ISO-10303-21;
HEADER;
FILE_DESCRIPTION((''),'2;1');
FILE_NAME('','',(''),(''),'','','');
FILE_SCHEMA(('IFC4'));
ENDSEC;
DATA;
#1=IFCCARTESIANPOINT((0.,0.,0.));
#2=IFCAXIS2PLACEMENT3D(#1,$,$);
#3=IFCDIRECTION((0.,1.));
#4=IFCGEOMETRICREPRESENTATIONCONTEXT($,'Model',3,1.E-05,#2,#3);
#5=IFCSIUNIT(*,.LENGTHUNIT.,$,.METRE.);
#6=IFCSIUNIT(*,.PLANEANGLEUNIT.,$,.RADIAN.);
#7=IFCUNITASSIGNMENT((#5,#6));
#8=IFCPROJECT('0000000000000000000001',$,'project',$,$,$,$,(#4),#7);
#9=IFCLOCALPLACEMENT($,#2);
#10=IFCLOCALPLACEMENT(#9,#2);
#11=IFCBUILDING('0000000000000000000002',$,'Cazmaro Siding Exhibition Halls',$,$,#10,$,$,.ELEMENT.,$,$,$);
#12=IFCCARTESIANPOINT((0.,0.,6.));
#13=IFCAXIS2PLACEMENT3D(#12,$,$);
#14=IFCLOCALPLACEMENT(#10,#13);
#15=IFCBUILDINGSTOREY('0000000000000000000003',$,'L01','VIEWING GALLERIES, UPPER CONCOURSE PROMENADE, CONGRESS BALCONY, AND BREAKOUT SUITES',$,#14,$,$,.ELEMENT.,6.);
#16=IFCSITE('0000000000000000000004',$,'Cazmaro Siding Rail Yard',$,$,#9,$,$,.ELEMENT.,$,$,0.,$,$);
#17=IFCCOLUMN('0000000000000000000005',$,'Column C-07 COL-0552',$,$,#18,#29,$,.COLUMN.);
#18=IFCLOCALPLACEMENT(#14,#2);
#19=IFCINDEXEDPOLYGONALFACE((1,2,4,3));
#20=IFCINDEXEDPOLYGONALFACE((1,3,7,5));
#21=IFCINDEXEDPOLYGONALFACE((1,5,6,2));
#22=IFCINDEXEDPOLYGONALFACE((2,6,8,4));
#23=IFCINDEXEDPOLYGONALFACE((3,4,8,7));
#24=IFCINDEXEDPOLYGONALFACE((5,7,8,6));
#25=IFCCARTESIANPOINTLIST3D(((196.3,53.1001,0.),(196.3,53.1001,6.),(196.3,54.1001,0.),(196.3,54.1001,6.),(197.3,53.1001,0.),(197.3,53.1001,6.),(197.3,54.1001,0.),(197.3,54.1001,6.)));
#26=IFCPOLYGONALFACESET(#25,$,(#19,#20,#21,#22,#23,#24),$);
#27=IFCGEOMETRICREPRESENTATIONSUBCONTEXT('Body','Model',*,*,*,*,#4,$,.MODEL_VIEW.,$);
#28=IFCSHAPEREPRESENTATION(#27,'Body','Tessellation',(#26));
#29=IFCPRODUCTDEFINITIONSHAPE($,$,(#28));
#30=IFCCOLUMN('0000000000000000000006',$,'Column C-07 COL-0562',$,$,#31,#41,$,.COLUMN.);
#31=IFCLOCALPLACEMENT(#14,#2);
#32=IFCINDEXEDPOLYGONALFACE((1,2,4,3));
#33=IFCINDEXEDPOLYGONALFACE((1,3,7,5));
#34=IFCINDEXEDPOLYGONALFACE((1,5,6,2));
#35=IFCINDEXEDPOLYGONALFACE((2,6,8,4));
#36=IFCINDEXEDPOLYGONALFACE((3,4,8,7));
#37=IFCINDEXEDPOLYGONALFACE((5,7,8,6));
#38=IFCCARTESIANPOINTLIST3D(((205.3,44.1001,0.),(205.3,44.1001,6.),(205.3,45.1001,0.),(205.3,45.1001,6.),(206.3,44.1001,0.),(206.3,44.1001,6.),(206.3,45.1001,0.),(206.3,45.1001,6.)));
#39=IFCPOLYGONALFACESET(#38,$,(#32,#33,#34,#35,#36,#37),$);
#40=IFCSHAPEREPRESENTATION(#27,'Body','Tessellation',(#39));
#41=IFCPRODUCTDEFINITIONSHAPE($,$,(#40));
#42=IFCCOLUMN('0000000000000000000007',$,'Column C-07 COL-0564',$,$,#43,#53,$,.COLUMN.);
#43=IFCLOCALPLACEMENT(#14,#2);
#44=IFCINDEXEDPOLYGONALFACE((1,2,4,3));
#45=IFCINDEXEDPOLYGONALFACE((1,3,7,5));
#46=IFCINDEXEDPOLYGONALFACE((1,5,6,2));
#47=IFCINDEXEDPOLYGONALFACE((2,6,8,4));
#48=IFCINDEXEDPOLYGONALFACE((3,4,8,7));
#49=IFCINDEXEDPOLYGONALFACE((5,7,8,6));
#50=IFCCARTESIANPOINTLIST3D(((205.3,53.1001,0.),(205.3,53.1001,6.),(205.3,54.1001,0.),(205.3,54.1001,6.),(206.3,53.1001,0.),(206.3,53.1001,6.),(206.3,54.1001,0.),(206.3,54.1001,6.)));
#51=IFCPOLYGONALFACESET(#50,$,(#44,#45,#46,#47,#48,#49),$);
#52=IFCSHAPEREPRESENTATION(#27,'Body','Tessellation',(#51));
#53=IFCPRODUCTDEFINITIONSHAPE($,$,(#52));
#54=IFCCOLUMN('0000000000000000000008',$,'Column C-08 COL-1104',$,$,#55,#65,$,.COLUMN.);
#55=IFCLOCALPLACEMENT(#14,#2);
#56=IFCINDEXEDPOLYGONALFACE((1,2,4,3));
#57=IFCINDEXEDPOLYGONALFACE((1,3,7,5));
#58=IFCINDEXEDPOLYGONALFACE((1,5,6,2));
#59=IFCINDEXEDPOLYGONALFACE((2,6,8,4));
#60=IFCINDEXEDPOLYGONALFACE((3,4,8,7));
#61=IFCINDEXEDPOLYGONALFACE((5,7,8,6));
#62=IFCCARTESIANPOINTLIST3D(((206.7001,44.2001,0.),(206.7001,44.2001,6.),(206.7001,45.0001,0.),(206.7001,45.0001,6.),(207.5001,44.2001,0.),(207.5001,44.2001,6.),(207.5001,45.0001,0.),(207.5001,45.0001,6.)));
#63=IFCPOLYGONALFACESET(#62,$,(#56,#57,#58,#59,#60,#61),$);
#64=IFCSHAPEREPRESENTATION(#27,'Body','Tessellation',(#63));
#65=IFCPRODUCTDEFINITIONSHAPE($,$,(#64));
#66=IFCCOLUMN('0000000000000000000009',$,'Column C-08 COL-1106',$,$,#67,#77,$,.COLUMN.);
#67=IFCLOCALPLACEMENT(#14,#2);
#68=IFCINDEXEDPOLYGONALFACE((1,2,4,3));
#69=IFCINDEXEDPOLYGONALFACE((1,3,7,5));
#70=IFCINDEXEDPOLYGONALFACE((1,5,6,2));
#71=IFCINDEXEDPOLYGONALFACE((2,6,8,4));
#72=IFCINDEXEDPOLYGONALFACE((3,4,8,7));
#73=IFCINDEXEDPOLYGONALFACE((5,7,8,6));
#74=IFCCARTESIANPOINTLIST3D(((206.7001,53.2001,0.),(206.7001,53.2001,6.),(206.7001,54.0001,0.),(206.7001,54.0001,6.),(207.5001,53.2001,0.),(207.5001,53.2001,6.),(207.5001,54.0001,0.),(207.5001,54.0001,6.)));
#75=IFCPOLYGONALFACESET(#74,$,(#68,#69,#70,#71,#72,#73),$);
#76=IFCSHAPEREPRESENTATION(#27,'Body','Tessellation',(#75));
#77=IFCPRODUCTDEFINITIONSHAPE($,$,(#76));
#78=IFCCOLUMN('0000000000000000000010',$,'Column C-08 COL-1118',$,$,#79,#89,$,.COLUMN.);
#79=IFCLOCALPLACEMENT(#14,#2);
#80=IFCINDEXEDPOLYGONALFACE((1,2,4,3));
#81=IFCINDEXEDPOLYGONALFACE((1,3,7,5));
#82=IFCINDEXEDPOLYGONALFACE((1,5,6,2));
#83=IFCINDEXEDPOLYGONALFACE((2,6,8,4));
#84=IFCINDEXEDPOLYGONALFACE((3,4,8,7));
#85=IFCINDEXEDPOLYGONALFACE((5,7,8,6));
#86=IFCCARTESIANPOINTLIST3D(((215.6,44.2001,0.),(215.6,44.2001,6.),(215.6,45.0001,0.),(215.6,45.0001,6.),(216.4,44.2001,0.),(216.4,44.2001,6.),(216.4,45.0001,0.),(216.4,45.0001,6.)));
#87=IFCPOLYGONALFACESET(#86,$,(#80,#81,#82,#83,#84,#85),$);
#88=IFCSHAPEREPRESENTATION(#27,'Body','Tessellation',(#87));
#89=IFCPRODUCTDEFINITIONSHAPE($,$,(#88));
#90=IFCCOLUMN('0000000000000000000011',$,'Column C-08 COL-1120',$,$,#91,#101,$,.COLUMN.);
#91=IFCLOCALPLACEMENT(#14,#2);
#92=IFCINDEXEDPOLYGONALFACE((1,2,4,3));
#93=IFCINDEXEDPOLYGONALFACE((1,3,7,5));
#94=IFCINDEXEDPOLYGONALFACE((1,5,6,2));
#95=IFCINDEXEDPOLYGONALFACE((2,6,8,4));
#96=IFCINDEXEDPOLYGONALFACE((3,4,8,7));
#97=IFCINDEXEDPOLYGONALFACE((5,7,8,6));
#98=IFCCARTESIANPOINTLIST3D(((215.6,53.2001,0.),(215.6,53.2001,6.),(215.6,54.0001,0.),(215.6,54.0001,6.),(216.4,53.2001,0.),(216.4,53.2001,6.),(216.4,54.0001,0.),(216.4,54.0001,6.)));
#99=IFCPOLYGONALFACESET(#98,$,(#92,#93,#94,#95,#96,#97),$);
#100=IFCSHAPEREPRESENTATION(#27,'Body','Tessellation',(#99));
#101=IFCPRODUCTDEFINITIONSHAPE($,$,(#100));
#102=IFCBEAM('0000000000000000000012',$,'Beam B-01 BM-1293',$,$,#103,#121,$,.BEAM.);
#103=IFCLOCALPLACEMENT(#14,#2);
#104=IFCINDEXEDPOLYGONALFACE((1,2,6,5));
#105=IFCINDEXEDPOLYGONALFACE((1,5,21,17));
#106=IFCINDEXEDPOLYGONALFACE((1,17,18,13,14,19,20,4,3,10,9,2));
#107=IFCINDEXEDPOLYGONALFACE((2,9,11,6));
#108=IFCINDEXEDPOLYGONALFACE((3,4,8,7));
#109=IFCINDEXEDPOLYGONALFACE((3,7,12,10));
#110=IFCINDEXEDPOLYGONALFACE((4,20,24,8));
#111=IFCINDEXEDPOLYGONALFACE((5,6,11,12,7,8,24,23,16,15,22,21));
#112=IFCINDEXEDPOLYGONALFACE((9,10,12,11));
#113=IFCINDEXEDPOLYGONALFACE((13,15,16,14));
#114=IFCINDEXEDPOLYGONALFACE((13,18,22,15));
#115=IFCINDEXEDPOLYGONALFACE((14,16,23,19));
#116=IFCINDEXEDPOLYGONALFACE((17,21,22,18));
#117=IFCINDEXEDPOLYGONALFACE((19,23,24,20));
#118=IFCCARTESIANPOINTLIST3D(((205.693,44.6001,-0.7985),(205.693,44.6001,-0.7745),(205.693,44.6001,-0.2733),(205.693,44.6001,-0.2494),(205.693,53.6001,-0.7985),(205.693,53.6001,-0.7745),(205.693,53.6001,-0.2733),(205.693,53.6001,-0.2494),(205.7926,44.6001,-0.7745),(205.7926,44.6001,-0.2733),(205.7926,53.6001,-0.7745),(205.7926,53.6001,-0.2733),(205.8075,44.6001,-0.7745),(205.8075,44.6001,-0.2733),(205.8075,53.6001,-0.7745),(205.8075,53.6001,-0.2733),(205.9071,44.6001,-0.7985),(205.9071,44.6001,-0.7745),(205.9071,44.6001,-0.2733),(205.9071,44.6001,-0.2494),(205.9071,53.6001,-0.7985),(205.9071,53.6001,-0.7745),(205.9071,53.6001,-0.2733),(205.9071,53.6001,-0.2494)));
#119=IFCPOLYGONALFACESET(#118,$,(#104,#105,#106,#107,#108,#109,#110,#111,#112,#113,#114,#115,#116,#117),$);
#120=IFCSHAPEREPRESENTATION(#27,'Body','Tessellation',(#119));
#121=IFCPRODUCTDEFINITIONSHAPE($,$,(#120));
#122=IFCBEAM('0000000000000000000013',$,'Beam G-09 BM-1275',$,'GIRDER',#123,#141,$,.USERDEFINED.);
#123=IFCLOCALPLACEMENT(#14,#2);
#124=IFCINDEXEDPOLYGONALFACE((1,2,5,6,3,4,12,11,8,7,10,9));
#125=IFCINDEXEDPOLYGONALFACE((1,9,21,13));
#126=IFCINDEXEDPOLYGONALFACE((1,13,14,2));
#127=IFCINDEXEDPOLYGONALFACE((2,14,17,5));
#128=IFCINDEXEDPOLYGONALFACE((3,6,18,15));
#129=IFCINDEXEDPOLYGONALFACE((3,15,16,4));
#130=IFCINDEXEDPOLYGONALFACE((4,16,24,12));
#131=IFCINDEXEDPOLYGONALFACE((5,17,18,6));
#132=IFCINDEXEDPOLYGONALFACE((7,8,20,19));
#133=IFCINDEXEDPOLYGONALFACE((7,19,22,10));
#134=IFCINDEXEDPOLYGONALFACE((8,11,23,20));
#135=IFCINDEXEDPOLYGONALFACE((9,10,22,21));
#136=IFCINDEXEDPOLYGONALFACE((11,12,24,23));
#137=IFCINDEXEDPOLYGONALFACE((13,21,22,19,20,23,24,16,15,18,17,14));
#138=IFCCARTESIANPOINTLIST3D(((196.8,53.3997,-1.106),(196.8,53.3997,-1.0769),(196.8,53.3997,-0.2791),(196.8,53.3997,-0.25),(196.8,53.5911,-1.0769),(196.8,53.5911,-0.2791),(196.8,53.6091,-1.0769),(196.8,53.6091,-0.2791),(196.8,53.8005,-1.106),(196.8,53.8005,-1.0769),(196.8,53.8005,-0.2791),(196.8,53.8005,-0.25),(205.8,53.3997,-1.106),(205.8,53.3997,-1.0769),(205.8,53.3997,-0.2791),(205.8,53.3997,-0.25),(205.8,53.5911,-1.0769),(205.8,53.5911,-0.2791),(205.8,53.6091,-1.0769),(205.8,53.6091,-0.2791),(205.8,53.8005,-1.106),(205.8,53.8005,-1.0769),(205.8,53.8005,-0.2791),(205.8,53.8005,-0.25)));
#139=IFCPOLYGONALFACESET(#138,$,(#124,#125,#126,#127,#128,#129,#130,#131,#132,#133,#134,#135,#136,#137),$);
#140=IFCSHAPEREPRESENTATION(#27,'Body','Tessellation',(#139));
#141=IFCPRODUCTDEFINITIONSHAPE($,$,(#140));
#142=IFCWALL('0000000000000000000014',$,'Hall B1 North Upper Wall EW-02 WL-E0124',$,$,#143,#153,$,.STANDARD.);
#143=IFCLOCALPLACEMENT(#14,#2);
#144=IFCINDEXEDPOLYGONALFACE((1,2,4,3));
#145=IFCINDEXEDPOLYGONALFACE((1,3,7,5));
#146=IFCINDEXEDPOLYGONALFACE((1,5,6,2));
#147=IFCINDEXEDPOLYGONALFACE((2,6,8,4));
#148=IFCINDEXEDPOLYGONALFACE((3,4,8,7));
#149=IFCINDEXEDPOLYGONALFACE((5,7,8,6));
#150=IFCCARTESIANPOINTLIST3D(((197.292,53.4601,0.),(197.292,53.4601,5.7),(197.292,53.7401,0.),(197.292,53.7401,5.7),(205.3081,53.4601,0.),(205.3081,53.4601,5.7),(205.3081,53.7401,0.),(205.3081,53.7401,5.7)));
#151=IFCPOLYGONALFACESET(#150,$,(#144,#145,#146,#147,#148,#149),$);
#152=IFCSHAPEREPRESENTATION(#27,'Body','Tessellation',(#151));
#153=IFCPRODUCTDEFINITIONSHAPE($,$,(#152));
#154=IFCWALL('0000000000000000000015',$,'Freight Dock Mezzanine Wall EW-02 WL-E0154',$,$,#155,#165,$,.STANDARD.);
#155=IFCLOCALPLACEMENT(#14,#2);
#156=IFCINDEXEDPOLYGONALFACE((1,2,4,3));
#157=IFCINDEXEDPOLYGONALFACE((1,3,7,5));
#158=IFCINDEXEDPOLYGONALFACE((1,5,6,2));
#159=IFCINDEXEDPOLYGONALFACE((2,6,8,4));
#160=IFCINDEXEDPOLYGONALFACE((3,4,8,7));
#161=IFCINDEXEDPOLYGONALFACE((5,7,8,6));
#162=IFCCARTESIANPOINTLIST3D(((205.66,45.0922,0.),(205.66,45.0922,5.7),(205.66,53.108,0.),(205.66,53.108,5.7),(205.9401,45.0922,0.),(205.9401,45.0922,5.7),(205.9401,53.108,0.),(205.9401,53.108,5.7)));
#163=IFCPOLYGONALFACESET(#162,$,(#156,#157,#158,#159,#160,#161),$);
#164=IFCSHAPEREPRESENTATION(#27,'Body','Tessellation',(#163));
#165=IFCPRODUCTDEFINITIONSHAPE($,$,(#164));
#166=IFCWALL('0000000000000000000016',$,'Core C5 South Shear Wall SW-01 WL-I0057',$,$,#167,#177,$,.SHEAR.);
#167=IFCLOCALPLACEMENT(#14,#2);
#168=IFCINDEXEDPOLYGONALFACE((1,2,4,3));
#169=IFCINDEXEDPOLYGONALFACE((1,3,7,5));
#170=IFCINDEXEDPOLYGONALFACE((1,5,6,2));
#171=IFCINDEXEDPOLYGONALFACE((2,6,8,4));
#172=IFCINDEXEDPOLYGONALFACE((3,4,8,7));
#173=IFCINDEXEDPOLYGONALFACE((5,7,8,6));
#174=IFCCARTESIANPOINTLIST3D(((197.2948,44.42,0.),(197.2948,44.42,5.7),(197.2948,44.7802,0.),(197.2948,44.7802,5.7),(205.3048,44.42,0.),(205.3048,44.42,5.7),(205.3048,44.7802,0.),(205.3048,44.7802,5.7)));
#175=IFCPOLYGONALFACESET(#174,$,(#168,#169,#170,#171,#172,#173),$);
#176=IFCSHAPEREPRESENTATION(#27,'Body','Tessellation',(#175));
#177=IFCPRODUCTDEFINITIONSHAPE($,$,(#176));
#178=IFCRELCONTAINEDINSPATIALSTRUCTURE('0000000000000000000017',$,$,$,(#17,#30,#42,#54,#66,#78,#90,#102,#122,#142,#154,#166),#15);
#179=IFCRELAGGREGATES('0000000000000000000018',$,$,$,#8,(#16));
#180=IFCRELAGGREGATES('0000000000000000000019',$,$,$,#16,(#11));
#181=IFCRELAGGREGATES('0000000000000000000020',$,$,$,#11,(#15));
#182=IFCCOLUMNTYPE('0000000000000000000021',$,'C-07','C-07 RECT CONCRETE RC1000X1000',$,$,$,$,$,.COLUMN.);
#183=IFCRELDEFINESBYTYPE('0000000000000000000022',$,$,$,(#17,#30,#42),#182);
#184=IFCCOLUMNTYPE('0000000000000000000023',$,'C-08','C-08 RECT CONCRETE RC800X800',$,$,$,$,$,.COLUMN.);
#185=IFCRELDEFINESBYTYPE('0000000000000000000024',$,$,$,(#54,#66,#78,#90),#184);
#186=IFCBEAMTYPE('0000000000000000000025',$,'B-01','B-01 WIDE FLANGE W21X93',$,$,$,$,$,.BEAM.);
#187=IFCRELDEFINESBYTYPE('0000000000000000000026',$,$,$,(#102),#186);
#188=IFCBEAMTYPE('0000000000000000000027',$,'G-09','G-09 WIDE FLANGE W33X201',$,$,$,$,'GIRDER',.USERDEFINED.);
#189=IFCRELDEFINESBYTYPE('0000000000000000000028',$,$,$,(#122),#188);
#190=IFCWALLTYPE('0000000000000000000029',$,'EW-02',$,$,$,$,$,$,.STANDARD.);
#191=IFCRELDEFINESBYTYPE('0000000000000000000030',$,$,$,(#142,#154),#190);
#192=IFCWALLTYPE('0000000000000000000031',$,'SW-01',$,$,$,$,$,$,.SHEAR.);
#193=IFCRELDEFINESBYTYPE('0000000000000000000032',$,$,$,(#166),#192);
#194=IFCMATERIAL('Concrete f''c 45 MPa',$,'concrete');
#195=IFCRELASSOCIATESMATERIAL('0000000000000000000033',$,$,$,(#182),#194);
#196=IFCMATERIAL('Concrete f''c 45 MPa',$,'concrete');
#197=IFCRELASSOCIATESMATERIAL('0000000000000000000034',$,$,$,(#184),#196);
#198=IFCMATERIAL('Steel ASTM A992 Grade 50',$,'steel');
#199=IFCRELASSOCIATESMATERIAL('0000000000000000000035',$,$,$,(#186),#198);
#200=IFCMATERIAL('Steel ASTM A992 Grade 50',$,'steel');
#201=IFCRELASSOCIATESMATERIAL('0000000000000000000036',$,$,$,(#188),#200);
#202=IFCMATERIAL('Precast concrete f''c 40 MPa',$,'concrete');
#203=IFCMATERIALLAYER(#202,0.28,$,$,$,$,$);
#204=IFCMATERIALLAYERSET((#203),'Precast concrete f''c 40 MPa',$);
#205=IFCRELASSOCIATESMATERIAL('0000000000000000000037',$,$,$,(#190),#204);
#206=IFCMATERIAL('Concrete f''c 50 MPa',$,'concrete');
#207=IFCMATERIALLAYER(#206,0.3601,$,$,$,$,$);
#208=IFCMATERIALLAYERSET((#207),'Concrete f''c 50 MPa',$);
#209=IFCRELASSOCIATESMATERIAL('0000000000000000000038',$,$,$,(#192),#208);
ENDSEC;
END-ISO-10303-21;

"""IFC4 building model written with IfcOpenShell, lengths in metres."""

from ifc_helpers import new_model, si_unit, direction, frame, frame_2d, origin, origin_2d, place, context, subcontext, project, spatial, rectangle, i_section, extrude, material, layer, layer_set, material_profile, profile_set, type_object, element, save


model = new_model("IFC4")

# Units and contexts
model_context = context("Model", 3, precision=1e-05, world=origin(), true_north=direction((0.0, 1.0)))
body_context = subcontext(model_context, "Body", "Model", "MODEL_VIEW")
ifc_project = project(units=[si_unit("LENGTHUNIT", "METRE"), si_unit("PLANEANGLEUNIT", "RADIAN")], contexts=[model_context])

# Site, building, storey
site_placement = place(None, origin())
site = spatial("IfcSite", under=ifc_project, at=site_placement, Name="Cazmaro Siding Rail Yard", CompositionType="ELEMENT", RefElevation=0.0)
building_placement = place(site_placement, origin())
building = spatial("IfcBuilding", under=site, at=building_placement, Name="Cazmaro Siding Exhibition Halls", CompositionType="ELEMENT")
storey_placement = place(building_placement, frame((0.0, 0.0, 6.0)))
storey = spatial("IfcBuildingStorey", under=building, at=storey_placement, Name="L01", Description="VIEWING GALLERIES, UPPER CONCOURSE PROMENADE, CONGRESS BALCONY, AND BREAKOUT SUITES", CompositionType="ELEMENT", Elevation=6.0)

# Columns
ifc_material_1 = material(Name="Concrete f'c 45 MPa", Category="concrete")
ifc_material_profile_1 = material_profile(ifc_material_1, rectangle(XDim=1.0, YDim=1.0, at=origin_2d()), Name="RC1000X1000")
ifc_profile_set_1 = profile_set([ifc_material_profile_1], Name="Concrete f'c 45 MPa")
column_type_1 = type_object("IfcColumnType", Name="C-07", Description="C-07 RECT CONCRETE RC1000X1000", PredefinedType="COLUMN", material=ifc_profile_set_1)
for number, where, z_axis, x_axis, name in (
    (1, (196.8, 53.6001, 0.0), (0.0, 0.0, 1.0), (1.0, 0.0, 0.0), "Column C-07 COL-0552"),
    (2, (205.8, 44.6001, 0.0), (0.0, 0.0, 1.0), (1.0, 0.0, 0.0), "Column C-07 COL-0562"),
    (3, (205.8, 53.6001, 0.0), (0.0, 0.0, 1.0), (1.0, 0.0, 0.0), "Column C-07 COL-0564"),
):
    element("IfcColumn", number, at=place(storey_placement, frame(where, z_axis=z_axis, x_axis=x_axis)), inside=storey, type_object=column_type_1, Name=name, PredefinedType="COLUMN", context=body_context, shape_type="SweptSolid", body=[
        extrude(rectangle(XDim=1.0, YDim=1.0, at=origin_2d()), origin(), (0.0, 0.0, 1.0), 6.0),
    ])
ifc_material_2 = material(Name="Concrete f'c 45 MPa", Category="concrete")
ifc_material_profile_2 = material_profile(ifc_material_2, rectangle(XDim=0.8, YDim=0.8, at=origin_2d()), Name="RC800X800")
ifc_profile_set_2 = profile_set([ifc_material_profile_2], Name="Concrete f'c 45 MPa")
column_type_2 = type_object("IfcColumnType", Name="C-08", Description="C-08 RECT CONCRETE RC800X800", PredefinedType="COLUMN", material=ifc_profile_set_2)
for number, where, z_axis, x_axis, name in (
    (4, (207.1001, 44.6001, 0.0), (0.0, 0.0, 1.0), (1.0, 0.0, 0.0), "Column C-08 COL-1104"),
    (5, (207.1001, 53.6001, 0.0), (0.0, 0.0, 1.0), (1.0, 0.0, 0.0), "Column C-08 COL-1106"),
    (6, (216.0, 44.6001, 0.0), (0.0, 0.0, 1.0), (1.0, 0.0, 0.0), "Column C-08 COL-1118"),
    (7, (216.0, 53.6001, 0.0), (0.0, 0.0, 1.0), (1.0, 0.0, 0.0), "Column C-08 COL-1120"),
):
    element("IfcColumn", number, at=place(storey_placement, frame(where, z_axis=z_axis, x_axis=x_axis)), inside=storey, type_object=column_type_2, Name=name, PredefinedType="COLUMN", context=body_context, shape_type="SweptSolid", body=[
        extrude(rectangle(XDim=0.8, YDim=0.8, at=origin_2d()), origin(), (0.0, 0.0, 1.0), 6.0),
    ])

# Beams
ifc_material_3 = material(Name="Steel ASTM A992 Grade 50", Category="steel")
ifc_material_profile_3 = material_profile(ifc_material_3, i_section(OverallWidth=0.2141, OverallDepth=0.5491, WebThickness=0.0149, FlangeThickness=0.0239, at=origin_2d()), Name="W21X93")
ifc_profile_set_3 = profile_set([ifc_material_profile_3], Name="Steel ASTM A992 Grade 50")
beam_type_1 = type_object("IfcBeamType", Name="B-01", Description="B-01 WIDE FLANGE W21X93", PredefinedType="BEAM", material=ifc_profile_set_3)
beam_1_placement = place(storey_placement, frame((205.8, 44.6001, -0.5239), z_axis=(0.0, 1.0, 0.0), x_axis=(-1.0, 0.0, 0.0)))
element("IfcBeam", 8, at=beam_1_placement, inside=storey, type_object=beam_type_1, Name="Beam B-01 BM-1293", PredefinedType="BEAM", context=body_context, shape_type="SweptSolid", body=[
    extrude(i_section(OverallWidth=0.2141, OverallDepth=0.5491, WebThickness=0.0149, FlangeThickness=0.0239, at=origin_2d()), origin(), (0.0, 0.0, 1.0), 9.0),
])
ifc_material_4 = material(Name="Steel ASTM A992 Grade 50", Category="steel")
ifc_material_profile_4 = material_profile(ifc_material_4, i_section(OverallWidth=0.4009, OverallDepth=0.856, WebThickness=0.0181, FlangeThickness=0.0291, at=origin_2d()), Name="W33X201")
ifc_profile_set_4 = profile_set([ifc_material_profile_4], Name="Steel ASTM A992 Grade 50")
beam_type_2 = type_object("IfcBeamType", Name="G-09", Description="G-09 WIDE FLANGE W33X201", ElementType="GIRDER", PredefinedType="USERDEFINED", material=ifc_profile_set_4)
beam_2_placement = place(storey_placement, frame((196.8, 53.6001, -0.678), z_axis=(1.0, 0.0, 0.0), x_axis=(0.0, 1.0, 0.0)))
element("IfcBeam", 9, at=beam_2_placement, inside=storey, type_object=beam_type_2, Name="Beam G-09 BM-1275", ObjectType="GIRDER", PredefinedType="USERDEFINED", context=body_context, shape_type="SweptSolid", body=[
    extrude(i_section(OverallWidth=0.4009, OverallDepth=0.856, WebThickness=0.0181, FlangeThickness=0.0291, at=origin_2d()), origin(), (0.0, 0.0, 1.0), 9.0),
])

# Walls
ifc_material_5 = material(Name="Precast concrete f'c 40 MPa", Category="concrete")
ifc_layer_1 = layer(ifc_material_5, 0.28)
ifc_layer_set_1 = layer_set([ifc_layer_1], Name="Precast concrete f'c 40 MPa")
wall_type_1 = type_object("IfcWallType", Name="EW-02", PredefinedType="STANDARD", material=ifc_layer_set_1)
wall_1_placement = place(storey_placement, frame((197.292, 53.6001, 0.0), z_axis=(0.0, 0.0, 1.0), x_axis=(1.0, 0.0, 0.0)))
element("IfcWall", 10, at=wall_1_placement, inside=storey, type_object=wall_type_1, Name="Hall B1 North Upper Wall EW-02 WL-E0124", PredefinedType="STANDARD", context=body_context, shape_type="SweptSolid", body=[
    extrude(rectangle(XDim=8.0161, YDim=0.28, at=frame_2d((4.0081, 0.0))), origin(), (0.0, 0.0, 1.0), 5.7),
])
wall_2_placement = place(storey_placement, frame((205.8, 53.1079, 0.0), z_axis=(0.0, 0.0, 1.0), x_axis=(0.0, -1.0, 0.0)))
element("IfcWall", 11, at=wall_2_placement, inside=storey, type_object=wall_type_1, Name="Freight Dock Mezzanine Wall EW-02 WL-E0154", PredefinedType="STANDARD", context=body_context, shape_type="SweptSolid", body=[
    extrude(rectangle(XDim=8.0159, YDim=0.28, at=frame_2d((4.0078, 0.0))), origin(), (0.0, 0.0, 1.0), 5.7),
])
ifc_material_6 = material(Name="Concrete f'c 50 MPa", Category="concrete")
ifc_layer_2 = layer(ifc_material_6, 0.3601)
ifc_layer_set_2 = layer_set([ifc_layer_2], Name="Concrete f'c 50 MPa")
wall_type_2 = type_object("IfcWallType", Name="SW-01", PredefinedType="SHEAR", material=ifc_layer_set_2)
wall_3_placement = place(storey_placement, frame((197.2949, 44.6001, 0.0), z_axis=(0.0, 0.0, 1.0), x_axis=(1.0, 0.0, 0.0)))
element("IfcWall", 12, at=wall_3_placement, inside=storey, type_object=wall_type_2, Name="Core C5 South Shear Wall SW-01 WL-I0057", PredefinedType="SHEAR", context=body_context, shape_type="SweptSolid", body=[
    extrude(rectangle(XDim=8.01, YDim=0.3601, at=frame_2d((4.0049, 0.0))), origin(), (0.0, 0.0, 1.0), 5.7),
])

save(model, "model.ifc")
